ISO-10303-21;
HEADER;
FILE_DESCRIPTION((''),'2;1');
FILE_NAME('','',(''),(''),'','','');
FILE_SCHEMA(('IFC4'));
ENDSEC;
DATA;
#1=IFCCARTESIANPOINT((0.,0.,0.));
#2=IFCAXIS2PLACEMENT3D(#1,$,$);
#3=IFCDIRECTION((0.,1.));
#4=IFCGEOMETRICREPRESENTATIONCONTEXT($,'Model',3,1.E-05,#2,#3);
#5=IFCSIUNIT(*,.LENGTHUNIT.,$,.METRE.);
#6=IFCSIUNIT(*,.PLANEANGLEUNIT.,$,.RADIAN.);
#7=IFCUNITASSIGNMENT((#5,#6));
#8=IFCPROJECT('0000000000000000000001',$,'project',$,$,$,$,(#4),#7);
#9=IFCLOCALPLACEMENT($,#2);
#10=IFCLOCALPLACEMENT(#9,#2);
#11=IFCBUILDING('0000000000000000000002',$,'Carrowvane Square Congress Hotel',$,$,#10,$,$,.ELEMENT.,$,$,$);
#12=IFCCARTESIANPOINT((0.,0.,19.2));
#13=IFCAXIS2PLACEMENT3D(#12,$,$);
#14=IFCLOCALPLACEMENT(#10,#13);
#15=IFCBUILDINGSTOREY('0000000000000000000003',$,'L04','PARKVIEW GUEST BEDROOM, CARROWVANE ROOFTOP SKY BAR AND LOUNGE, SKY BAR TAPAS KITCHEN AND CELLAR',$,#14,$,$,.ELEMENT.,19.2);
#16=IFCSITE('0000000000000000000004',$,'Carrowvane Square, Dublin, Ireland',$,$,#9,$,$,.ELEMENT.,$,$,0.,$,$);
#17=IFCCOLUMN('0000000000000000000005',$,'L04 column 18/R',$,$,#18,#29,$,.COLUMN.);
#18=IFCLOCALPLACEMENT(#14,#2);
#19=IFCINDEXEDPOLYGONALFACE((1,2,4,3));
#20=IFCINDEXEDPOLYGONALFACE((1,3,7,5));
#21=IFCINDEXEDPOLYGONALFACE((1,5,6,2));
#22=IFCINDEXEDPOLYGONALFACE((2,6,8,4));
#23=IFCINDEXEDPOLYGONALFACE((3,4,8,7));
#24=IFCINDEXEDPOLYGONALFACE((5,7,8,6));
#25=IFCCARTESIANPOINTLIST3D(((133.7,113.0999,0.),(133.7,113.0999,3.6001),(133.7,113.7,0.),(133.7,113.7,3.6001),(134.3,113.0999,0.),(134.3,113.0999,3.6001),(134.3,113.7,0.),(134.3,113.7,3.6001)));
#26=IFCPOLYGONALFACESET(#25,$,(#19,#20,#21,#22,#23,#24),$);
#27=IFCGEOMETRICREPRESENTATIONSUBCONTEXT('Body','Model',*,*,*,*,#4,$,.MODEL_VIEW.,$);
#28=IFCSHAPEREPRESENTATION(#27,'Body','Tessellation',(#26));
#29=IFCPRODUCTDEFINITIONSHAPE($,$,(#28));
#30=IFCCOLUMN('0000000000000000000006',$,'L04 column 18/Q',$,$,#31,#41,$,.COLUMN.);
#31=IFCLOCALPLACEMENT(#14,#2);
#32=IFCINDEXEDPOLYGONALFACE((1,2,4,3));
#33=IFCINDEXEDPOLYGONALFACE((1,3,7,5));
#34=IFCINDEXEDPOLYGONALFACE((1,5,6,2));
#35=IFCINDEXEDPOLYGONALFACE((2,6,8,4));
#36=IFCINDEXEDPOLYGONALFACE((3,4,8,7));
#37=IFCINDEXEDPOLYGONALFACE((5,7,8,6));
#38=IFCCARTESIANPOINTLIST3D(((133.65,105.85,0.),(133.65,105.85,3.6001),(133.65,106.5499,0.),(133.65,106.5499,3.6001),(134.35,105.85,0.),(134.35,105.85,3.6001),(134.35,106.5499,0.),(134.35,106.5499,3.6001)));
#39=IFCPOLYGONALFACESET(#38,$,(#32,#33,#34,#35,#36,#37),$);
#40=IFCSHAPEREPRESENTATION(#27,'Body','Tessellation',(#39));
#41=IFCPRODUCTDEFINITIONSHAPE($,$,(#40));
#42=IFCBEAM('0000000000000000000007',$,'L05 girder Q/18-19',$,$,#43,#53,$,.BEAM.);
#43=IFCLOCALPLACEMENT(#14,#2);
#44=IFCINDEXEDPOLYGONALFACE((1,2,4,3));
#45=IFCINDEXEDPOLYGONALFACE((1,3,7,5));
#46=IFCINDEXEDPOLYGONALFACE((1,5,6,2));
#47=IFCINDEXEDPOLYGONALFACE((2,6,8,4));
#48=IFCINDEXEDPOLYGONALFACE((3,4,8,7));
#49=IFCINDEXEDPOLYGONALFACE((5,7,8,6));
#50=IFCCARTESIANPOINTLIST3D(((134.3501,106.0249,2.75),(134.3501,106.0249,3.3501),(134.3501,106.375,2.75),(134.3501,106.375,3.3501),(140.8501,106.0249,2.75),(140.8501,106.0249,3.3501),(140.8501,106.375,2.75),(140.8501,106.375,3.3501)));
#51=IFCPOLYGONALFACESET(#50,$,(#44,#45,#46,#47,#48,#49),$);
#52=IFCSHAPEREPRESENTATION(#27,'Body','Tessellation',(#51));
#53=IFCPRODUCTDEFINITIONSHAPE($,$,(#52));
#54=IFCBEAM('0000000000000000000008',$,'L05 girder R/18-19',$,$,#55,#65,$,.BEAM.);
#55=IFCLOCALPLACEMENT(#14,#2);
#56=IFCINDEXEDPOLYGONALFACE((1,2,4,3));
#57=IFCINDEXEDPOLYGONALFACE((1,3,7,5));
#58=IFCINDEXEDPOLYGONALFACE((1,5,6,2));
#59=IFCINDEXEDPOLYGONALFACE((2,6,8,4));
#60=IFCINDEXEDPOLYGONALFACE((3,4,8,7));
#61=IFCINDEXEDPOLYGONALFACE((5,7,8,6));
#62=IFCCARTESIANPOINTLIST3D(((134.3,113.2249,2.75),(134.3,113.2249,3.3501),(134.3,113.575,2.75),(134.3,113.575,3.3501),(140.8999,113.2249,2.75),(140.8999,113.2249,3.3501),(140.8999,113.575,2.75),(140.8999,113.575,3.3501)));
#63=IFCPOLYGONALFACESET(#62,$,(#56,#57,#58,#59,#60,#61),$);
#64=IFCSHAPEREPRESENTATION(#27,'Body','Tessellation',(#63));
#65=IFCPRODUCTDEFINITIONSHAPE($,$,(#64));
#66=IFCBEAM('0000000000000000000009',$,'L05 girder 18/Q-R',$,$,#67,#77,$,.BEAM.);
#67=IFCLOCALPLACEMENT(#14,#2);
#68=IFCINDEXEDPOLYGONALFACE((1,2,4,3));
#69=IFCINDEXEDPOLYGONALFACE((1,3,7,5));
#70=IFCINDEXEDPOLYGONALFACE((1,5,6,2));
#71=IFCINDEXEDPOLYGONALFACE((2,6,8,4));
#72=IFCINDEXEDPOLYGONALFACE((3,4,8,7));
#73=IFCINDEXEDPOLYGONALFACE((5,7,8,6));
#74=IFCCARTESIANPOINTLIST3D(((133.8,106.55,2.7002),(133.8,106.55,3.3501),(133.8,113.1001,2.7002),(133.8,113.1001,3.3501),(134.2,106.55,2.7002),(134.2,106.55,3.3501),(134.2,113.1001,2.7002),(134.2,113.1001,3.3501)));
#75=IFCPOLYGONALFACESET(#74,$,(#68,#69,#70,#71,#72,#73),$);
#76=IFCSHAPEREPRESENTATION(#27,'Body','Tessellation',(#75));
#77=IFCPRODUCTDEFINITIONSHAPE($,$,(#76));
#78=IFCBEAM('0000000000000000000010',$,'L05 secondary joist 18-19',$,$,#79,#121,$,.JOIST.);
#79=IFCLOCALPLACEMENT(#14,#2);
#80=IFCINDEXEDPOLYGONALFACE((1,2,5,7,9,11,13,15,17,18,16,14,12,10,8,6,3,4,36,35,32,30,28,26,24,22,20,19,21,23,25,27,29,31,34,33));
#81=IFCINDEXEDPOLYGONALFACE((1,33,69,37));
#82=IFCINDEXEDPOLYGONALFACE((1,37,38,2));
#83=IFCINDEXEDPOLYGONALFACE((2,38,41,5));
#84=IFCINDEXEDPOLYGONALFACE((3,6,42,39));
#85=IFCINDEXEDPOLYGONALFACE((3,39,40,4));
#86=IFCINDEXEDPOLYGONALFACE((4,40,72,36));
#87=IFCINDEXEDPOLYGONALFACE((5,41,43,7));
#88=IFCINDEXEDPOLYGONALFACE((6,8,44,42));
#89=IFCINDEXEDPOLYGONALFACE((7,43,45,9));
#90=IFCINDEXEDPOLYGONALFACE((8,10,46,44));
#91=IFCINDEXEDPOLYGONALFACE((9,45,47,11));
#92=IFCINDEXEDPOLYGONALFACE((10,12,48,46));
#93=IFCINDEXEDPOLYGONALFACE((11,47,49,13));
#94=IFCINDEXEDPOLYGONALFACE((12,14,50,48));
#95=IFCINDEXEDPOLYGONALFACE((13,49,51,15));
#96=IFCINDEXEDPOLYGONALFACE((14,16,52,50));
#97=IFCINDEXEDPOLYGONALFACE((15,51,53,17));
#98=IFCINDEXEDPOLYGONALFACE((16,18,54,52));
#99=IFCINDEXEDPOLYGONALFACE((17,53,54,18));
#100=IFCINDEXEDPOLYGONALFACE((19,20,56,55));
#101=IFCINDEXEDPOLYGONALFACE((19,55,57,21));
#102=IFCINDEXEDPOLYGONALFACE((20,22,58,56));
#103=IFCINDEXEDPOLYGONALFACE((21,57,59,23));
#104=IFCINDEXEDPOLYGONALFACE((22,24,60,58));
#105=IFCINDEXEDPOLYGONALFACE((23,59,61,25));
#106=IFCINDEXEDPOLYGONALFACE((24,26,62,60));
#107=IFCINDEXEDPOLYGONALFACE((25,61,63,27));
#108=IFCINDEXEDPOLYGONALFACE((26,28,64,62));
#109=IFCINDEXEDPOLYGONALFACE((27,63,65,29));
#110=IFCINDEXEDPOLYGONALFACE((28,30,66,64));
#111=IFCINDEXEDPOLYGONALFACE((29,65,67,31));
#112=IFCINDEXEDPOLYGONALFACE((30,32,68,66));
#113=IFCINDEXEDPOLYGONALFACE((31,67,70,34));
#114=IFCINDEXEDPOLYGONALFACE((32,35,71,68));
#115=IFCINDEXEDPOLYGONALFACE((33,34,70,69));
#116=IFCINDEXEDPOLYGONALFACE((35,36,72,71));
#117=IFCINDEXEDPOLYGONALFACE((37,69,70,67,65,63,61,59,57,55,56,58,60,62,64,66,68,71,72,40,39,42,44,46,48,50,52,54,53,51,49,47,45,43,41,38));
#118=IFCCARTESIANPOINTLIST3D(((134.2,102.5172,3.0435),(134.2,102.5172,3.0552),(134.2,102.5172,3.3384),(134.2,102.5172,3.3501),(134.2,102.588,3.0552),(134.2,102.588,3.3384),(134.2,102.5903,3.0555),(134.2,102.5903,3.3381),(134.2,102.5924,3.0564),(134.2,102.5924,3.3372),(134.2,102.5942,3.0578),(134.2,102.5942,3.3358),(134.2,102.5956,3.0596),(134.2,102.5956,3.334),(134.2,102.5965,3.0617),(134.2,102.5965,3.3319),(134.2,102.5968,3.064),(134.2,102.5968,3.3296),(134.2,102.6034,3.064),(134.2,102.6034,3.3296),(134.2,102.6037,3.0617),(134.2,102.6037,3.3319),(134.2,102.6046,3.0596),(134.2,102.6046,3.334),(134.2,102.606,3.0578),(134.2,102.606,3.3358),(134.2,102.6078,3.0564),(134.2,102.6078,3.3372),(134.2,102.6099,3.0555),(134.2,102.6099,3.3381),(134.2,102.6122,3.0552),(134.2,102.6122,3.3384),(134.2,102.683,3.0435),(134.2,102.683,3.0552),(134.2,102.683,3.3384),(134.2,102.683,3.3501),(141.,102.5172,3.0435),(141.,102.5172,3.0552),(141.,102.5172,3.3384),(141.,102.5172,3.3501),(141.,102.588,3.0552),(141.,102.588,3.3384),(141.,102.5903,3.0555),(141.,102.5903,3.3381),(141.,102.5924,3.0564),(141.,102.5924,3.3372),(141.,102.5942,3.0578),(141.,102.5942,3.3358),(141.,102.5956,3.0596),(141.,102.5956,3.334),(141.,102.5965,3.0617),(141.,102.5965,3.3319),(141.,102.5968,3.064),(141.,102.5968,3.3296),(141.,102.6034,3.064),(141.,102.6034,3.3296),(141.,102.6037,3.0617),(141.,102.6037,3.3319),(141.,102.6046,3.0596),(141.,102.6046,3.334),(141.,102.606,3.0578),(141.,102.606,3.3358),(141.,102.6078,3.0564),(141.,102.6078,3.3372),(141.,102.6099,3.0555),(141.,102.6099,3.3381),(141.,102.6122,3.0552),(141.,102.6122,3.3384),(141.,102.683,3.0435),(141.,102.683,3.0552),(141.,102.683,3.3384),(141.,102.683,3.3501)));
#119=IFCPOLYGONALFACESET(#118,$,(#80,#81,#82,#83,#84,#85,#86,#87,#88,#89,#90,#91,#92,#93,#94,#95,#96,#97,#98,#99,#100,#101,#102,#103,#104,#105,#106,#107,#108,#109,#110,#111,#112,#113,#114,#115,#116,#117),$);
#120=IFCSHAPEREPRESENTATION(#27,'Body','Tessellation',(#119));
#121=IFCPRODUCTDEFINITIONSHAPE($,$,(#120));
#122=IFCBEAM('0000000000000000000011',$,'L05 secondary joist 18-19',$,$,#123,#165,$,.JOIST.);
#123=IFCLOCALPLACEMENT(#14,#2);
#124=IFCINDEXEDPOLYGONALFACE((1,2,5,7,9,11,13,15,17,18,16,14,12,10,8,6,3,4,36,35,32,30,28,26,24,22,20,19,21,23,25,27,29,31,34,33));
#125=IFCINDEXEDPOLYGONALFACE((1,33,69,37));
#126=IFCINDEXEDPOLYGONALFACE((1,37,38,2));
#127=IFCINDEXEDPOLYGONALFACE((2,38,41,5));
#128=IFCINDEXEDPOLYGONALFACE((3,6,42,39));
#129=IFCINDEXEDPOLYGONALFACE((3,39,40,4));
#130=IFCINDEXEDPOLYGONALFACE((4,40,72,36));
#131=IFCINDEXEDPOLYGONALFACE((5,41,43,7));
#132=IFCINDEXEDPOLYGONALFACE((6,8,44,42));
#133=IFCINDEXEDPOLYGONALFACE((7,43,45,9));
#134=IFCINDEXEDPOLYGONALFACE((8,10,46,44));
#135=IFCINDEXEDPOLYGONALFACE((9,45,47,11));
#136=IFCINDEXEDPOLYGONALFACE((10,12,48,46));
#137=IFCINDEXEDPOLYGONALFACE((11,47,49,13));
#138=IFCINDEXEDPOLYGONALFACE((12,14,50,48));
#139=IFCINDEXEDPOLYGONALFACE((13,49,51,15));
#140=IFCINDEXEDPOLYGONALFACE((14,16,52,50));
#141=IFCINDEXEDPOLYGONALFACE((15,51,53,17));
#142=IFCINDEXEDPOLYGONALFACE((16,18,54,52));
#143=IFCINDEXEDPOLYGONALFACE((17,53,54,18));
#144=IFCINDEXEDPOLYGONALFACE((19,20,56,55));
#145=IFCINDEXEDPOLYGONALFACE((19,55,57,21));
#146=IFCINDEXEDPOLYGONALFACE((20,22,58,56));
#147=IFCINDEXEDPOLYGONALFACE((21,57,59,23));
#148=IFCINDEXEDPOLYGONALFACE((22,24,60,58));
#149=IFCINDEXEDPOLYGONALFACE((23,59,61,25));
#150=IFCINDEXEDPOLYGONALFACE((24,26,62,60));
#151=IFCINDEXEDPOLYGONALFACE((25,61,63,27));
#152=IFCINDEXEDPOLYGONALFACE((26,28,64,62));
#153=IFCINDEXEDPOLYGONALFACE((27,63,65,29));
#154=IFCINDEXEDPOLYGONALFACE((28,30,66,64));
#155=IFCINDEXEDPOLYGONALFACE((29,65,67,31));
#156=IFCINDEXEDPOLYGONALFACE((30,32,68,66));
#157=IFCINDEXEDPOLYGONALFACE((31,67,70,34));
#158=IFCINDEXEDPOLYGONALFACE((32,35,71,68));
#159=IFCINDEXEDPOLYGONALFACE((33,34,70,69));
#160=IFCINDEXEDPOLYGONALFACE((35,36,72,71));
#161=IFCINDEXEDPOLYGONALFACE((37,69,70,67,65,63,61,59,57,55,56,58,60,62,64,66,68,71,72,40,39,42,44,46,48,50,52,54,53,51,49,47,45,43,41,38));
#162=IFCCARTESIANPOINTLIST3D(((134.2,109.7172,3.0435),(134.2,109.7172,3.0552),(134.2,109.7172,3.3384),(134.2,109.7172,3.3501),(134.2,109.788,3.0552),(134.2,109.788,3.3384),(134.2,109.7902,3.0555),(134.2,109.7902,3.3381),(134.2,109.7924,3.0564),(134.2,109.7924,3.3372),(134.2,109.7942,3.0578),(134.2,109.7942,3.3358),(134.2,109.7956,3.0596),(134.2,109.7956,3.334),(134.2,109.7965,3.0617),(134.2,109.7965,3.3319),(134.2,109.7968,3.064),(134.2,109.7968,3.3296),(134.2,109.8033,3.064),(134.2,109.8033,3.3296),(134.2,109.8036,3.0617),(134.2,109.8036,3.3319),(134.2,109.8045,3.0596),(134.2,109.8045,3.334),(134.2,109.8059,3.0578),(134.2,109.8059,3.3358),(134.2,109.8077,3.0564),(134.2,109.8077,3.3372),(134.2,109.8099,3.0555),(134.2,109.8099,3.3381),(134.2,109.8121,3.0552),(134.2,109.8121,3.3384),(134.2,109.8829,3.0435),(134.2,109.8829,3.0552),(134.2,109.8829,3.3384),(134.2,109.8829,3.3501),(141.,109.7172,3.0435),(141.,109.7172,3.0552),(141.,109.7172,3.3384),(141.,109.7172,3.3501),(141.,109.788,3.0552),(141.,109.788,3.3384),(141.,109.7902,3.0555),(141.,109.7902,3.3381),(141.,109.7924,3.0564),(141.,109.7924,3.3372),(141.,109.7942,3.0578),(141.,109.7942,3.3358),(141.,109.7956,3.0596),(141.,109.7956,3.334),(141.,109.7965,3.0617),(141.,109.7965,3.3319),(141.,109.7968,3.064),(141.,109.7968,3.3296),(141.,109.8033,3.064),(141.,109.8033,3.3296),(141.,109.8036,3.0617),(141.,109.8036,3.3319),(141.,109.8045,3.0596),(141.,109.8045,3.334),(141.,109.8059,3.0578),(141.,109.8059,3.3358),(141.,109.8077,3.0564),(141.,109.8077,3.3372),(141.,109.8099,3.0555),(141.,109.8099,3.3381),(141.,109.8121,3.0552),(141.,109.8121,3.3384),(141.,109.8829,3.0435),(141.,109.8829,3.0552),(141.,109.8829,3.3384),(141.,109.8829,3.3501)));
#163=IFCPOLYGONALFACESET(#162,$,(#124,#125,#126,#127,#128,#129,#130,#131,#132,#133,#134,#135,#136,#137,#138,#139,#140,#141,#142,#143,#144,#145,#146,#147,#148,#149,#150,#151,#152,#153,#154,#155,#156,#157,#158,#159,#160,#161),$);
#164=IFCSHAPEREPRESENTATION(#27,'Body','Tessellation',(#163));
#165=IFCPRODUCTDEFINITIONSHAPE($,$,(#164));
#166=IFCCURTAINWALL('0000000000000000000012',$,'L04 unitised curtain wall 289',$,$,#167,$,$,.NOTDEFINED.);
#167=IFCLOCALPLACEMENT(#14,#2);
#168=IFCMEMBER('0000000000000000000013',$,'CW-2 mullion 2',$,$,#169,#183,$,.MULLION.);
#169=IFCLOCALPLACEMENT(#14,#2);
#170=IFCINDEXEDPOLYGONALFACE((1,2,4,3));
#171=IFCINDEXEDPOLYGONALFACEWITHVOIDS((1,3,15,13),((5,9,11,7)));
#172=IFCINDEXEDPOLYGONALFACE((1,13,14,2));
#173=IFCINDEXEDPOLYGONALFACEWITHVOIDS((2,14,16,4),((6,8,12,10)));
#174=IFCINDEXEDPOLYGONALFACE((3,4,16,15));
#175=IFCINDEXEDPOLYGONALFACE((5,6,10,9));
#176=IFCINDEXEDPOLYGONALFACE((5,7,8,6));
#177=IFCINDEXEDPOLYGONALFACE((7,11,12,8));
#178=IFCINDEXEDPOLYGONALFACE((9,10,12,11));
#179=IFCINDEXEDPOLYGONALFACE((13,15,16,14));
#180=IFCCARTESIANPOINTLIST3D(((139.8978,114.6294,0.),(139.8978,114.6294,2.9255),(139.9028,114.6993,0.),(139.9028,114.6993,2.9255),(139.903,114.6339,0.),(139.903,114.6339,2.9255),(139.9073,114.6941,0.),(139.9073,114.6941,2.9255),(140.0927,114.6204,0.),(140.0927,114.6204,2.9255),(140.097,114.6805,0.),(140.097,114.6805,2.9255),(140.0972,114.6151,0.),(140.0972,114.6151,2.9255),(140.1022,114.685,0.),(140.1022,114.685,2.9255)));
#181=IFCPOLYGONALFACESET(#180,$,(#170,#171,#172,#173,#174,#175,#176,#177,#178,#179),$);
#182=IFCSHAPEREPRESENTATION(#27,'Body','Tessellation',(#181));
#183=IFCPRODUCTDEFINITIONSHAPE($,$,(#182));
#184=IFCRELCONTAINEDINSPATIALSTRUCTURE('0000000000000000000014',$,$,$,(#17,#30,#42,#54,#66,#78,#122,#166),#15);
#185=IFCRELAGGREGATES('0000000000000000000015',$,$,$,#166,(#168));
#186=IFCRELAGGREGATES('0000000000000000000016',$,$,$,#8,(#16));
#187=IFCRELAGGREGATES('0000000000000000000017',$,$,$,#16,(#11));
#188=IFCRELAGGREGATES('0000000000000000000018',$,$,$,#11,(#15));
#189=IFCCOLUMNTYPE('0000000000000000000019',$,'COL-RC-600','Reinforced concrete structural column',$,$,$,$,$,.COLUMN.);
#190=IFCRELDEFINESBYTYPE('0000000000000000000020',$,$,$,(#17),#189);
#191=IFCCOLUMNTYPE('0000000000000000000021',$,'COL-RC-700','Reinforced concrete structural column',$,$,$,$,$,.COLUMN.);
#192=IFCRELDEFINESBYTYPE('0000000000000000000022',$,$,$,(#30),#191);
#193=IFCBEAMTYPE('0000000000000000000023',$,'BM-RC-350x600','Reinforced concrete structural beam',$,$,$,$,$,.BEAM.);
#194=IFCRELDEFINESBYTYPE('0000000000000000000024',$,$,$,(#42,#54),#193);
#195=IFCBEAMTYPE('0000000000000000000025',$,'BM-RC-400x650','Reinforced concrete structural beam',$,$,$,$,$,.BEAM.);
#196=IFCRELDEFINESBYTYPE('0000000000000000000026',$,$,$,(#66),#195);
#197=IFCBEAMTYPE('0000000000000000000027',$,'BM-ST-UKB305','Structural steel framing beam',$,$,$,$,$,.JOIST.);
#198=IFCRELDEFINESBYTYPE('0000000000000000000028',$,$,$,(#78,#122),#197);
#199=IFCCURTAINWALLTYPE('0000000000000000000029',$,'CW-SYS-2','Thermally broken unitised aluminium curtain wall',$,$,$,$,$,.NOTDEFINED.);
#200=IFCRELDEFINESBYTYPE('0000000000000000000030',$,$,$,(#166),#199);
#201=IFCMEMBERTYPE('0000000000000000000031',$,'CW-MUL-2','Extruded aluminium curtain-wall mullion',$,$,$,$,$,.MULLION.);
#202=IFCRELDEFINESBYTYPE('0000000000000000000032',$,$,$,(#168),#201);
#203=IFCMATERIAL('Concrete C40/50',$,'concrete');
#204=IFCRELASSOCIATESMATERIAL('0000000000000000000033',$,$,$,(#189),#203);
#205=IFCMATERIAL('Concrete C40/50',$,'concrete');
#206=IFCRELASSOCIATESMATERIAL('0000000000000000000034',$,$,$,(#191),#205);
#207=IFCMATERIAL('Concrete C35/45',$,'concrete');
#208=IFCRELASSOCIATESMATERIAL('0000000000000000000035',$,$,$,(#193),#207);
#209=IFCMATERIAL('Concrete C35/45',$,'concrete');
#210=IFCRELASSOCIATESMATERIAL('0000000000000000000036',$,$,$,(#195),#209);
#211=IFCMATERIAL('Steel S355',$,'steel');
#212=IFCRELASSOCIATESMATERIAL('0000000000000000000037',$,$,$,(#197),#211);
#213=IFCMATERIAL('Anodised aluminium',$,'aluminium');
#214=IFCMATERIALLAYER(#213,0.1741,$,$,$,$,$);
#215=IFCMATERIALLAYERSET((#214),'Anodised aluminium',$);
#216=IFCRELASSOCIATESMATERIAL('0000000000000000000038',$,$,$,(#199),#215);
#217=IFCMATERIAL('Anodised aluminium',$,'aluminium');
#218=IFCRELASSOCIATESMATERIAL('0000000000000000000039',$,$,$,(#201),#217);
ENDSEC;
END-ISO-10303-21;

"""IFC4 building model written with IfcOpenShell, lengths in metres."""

from ifc_helpers import new_model, si_unit, direction, frame, origin, origin_2d, place, context, subcontext, project, spatial, rectangle, hollow_rectangle, i_section, extrude, material, layer, layer_set, material_profile, profile_set, type_object, element, aggregate, save


model = new_model("IFC4")

# Units and contexts
model_context = context("Model", 3, precision=1e-05, world=origin(), true_north=direction((0.0, 1.0)))
body_context = subcontext(model_context, "Body", "Model", "MODEL_VIEW")
ifc_project = project(units=[si_unit("LENGTHUNIT", "METRE"), si_unit("PLANEANGLEUNIT", "RADIAN")], contexts=[model_context])

# Site, building, storey
site_placement = place(None, origin())
site = spatial("IfcSite", under=ifc_project, at=site_placement, Name="Carrowvane Square, Dublin, Ireland", CompositionType="ELEMENT", RefElevation=0.0)
building_placement = place(site_placement, origin())
building = spatial("IfcBuilding", under=site, at=building_placement, Name="Carrowvane Square Congress Hotel", CompositionType="ELEMENT")
storey_placement = place(building_placement, frame((0.0, 0.0, 19.2)))
storey = spatial("IfcBuildingStorey", under=building, at=storey_placement, Name="L04", Description="PARKVIEW GUEST BEDROOM, CARROWVANE ROOFTOP SKY BAR AND LOUNGE, SKY BAR TAPAS KITCHEN AND CELLAR", CompositionType="ELEMENT", Elevation=19.2)

# Columns
ifc_material_1 = material(Name="Concrete C40/50", Category="concrete")
ifc_material_profile_1 = material_profile(ifc_material_1, rectangle(XDim=0.6001, YDim=0.6001, at=origin_2d()), Name="RC 600x600")
ifc_profile_set_1 = profile_set([ifc_material_profile_1], Name="Concrete C40/50")
column_type_1 = type_object("IfcColumnType", Name="COL-RC-600", Description="Reinforced concrete structural column", PredefinedType="COLUMN", material=ifc_profile_set_1)
column_1_placement = place(storey_placement, frame((134.0, 113.3999, 0.0), z_axis=(0.0, 0.0, 1.0), x_axis=(1.0, 0.0, 0.0)))
element("IfcColumn", 1, at=column_1_placement, inside=storey, type_object=column_type_1, Name="L04 column 18/R", PredefinedType="COLUMN", context=body_context, shape_type="SweptSolid", body=[
    extrude(rectangle(XDim=0.6001, YDim=0.6001, at=origin_2d()), origin(), (0.0, 0.0, 1.0), 3.6001),
])
ifc_material_2 = material(Name="Concrete C40/50", Category="concrete")
ifc_material_profile_2 = material_profile(ifc_material_2, rectangle(XDim=0.7, YDim=0.7, at=origin_2d()), Name="RC 700x700")
ifc_profile_set_2 = profile_set([ifc_material_profile_2], Name="Concrete C40/50")
column_type_2 = type_object("IfcColumnType", Name="COL-RC-700", Description="Reinforced concrete structural column", PredefinedType="COLUMN", material=ifc_profile_set_2)
column_2_placement = place(storey_placement, frame((134.0, 106.2, 0.0), z_axis=(0.0, 0.0, 1.0), x_axis=(1.0, 0.0, 0.0)))
element("IfcColumn", 2, at=column_2_placement, inside=storey, type_object=column_type_2, Name="L04 column 18/Q", PredefinedType="COLUMN", context=body_context, shape_type="SweptSolid", body=[
    extrude(rectangle(XDim=0.7, YDim=0.7, at=origin_2d()), origin(), (0.0, 0.0, 1.0), 3.6001),
])

# Beams
ifc_material_3 = material(Name="Concrete C35/45", Category="concrete")
ifc_material_profile_3 = material_profile(ifc_material_3, rectangle(XDim=0.3501, YDim=0.6001, at=origin_2d()), Name="RC 350x600")
ifc_profile_set_3 = profile_set([ifc_material_profile_3], Name="Concrete C35/45")
beam_type_1 = type_object("IfcBeamType", Name="BM-RC-350x600", Description="Reinforced concrete structural beam", PredefinedType="BEAM", material=ifc_profile_set_3)
beam_1_placement = place(storey_placement, frame((134.3501, 106.2, 3.05), z_axis=(1.0, 0.0, 0.0), x_axis=(0.0, 1.0, 0.0)))
element("IfcBeam", 3, at=beam_1_placement, inside=storey, type_object=beam_type_1, Name="L05 girder Q/18-19", PredefinedType="BEAM", context=body_context, shape_type="SweptSolid", body=[
    extrude(rectangle(XDim=0.3501, YDim=0.6001, at=origin_2d()), origin(), (0.0, 0.0, 1.0), 6.5),
])
beam_2_placement = place(storey_placement, frame((134.3, 113.3999, 3.05), z_axis=(1.0, 0.0, 0.0), x_axis=(0.0, 1.0, 0.0)))
element("IfcBeam", 4, at=beam_2_placement, inside=storey, type_object=beam_type_1, Name="L05 girder R/18-19", PredefinedType="BEAM", context=body_context, shape_type="SweptSolid", body=[
    extrude(rectangle(XDim=0.3501, YDim=0.6001, at=origin_2d()), origin(), (0.0, 0.0, 1.0), 6.5999),
])
ifc_material_4 = material(Name="Concrete C35/45", Category="concrete")
ifc_material_profile_4 = material_profile(ifc_material_4, rectangle(XDim=0.3999, YDim=0.6499, at=origin_2d()), Name="RC 400x650")
ifc_profile_set_4 = profile_set([ifc_material_profile_4], Name="Concrete C35/45")
beam_type_2 = type_object("IfcBeamType", Name="BM-RC-400x650", Description="Reinforced concrete structural beam", PredefinedType="BEAM", material=ifc_profile_set_4)
beam_3_placement = place(storey_placement, frame((134.0, 106.55, 3.0251), z_axis=(0.0, 1.0, 0.0), x_axis=(-1.0, 0.0, 0.0)))
element("IfcBeam", 5, at=beam_3_placement, inside=storey, type_object=beam_type_2, Name="L05 girder 18/Q-R", PredefinedType="BEAM", context=body_context, shape_type="SweptSolid", body=[
    extrude(rectangle(XDim=0.3999, YDim=0.6499, at=origin_2d()), origin(), (0.0, 0.0, 1.0), 6.55),
])
ifc_material_5 = material(Name="Steel S355", Category="steel")
ifc_material_profile_5 = material_profile(ifc_material_5, i_section(OverallWidth=0.1658, OverallDepth=0.3066, WebThickness=0.0066, FlangeThickness=0.0117, FilletRadius=0.0088, at=origin_2d()), Name="UKB 305x165x46")
ifc_profile_set_5 = profile_set([ifc_material_profile_5], Name="Steel S355")
beam_type_3 = type_object("IfcBeamType", Name="BM-ST-UKB305", Description="Structural steel framing beam", PredefinedType="JOIST", material=ifc_profile_set_5)
for number, where, z_axis, x_axis, name in (
    (6, (134.2, 102.6001, 3.1968), (1.0, 0.0, 0.0), (0.0, 1.0, 0.0), "L05 secondary joist 18-19"),
    (7, (134.2, 109.8, 3.1968), (1.0, 0.0, 0.0), (0.0, 1.0, 0.0), "L05 secondary joist 18-19"),
):
    element("IfcBeam", number, at=place(storey_placement, frame(where, z_axis=z_axis, x_axis=x_axis)), inside=storey, type_object=beam_type_3, Name=name, PredefinedType="JOIST", context=body_context, shape_type="SweptSolid", body=[
        extrude(i_section(OverallWidth=0.1658, OverallDepth=0.3066, WebThickness=0.0066, FlangeThickness=0.0117, FilletRadius=0.0088, at=origin_2d()), origin(), (0.0, 0.0, 1.0), 6.8),
    ])

# Curtain wall, member
ifc_material_6 = material(Name="Anodised aluminium", Category="aluminium")
ifc_layer_1 = layer(ifc_material_6, 0.1741)
ifc_layer_set_1 = layer_set([ifc_layer_1], Name="Anodised aluminium")
curtain_wall_type = type_object("IfcCurtainWallType", Name="CW-SYS-2", Description="Thermally broken unitised aluminium curtain wall", PredefinedType="NOTDEFINED", material=ifc_layer_set_1)
curtain_wall_placement = place(storey_placement, origin())
curtain_wall = element("IfcCurtainWall", 8, at=curtain_wall_placement, inside=storey, type_object=curtain_wall_type, Name="L04 unitised curtain wall 289", PredefinedType="NOTDEFINED")
ifc_material_7 = material(Name="Anodised aluminium", Category="aluminium")
ifc_material_profile_6 = material_profile(ifc_material_7, hollow_rectangle(XDim=0.0701, YDim=0.2, WallThickness=0.0049, at=origin_2d()), Name="CW-ML 70x200x5")
ifc_profile_set_6 = profile_set([ifc_material_profile_6], Name="Anodised aluminium")
member_type_1 = type_object("IfcMemberType", Name="CW-MUL-2", Description="Extruded aluminium curtain-wall mullion", PredefinedType="MULLION", material=ifc_profile_set_6)
member_1_placement = place(storey_placement, frame((140.0, 114.6572, 0.0), z_axis=(0.0, 0.0, 1.0), x_axis=(0.071422, 0.997446, 0.0)))
member_1 = element("IfcMember", 9, at=member_1_placement, type_object=member_type_1, Name="CW-2 mullion 2", PredefinedType="MULLION", context=body_context, shape_type="SweptSolid", body=[
    extrude(hollow_rectangle(XDim=0.0701, YDim=0.2, WallThickness=0.0049, at=origin_2d()), origin(), (0.0, 0.0, 1.0), 2.9255),
])
aggregate(curtain_wall, [member_1])

save(model, "model.ifc")
